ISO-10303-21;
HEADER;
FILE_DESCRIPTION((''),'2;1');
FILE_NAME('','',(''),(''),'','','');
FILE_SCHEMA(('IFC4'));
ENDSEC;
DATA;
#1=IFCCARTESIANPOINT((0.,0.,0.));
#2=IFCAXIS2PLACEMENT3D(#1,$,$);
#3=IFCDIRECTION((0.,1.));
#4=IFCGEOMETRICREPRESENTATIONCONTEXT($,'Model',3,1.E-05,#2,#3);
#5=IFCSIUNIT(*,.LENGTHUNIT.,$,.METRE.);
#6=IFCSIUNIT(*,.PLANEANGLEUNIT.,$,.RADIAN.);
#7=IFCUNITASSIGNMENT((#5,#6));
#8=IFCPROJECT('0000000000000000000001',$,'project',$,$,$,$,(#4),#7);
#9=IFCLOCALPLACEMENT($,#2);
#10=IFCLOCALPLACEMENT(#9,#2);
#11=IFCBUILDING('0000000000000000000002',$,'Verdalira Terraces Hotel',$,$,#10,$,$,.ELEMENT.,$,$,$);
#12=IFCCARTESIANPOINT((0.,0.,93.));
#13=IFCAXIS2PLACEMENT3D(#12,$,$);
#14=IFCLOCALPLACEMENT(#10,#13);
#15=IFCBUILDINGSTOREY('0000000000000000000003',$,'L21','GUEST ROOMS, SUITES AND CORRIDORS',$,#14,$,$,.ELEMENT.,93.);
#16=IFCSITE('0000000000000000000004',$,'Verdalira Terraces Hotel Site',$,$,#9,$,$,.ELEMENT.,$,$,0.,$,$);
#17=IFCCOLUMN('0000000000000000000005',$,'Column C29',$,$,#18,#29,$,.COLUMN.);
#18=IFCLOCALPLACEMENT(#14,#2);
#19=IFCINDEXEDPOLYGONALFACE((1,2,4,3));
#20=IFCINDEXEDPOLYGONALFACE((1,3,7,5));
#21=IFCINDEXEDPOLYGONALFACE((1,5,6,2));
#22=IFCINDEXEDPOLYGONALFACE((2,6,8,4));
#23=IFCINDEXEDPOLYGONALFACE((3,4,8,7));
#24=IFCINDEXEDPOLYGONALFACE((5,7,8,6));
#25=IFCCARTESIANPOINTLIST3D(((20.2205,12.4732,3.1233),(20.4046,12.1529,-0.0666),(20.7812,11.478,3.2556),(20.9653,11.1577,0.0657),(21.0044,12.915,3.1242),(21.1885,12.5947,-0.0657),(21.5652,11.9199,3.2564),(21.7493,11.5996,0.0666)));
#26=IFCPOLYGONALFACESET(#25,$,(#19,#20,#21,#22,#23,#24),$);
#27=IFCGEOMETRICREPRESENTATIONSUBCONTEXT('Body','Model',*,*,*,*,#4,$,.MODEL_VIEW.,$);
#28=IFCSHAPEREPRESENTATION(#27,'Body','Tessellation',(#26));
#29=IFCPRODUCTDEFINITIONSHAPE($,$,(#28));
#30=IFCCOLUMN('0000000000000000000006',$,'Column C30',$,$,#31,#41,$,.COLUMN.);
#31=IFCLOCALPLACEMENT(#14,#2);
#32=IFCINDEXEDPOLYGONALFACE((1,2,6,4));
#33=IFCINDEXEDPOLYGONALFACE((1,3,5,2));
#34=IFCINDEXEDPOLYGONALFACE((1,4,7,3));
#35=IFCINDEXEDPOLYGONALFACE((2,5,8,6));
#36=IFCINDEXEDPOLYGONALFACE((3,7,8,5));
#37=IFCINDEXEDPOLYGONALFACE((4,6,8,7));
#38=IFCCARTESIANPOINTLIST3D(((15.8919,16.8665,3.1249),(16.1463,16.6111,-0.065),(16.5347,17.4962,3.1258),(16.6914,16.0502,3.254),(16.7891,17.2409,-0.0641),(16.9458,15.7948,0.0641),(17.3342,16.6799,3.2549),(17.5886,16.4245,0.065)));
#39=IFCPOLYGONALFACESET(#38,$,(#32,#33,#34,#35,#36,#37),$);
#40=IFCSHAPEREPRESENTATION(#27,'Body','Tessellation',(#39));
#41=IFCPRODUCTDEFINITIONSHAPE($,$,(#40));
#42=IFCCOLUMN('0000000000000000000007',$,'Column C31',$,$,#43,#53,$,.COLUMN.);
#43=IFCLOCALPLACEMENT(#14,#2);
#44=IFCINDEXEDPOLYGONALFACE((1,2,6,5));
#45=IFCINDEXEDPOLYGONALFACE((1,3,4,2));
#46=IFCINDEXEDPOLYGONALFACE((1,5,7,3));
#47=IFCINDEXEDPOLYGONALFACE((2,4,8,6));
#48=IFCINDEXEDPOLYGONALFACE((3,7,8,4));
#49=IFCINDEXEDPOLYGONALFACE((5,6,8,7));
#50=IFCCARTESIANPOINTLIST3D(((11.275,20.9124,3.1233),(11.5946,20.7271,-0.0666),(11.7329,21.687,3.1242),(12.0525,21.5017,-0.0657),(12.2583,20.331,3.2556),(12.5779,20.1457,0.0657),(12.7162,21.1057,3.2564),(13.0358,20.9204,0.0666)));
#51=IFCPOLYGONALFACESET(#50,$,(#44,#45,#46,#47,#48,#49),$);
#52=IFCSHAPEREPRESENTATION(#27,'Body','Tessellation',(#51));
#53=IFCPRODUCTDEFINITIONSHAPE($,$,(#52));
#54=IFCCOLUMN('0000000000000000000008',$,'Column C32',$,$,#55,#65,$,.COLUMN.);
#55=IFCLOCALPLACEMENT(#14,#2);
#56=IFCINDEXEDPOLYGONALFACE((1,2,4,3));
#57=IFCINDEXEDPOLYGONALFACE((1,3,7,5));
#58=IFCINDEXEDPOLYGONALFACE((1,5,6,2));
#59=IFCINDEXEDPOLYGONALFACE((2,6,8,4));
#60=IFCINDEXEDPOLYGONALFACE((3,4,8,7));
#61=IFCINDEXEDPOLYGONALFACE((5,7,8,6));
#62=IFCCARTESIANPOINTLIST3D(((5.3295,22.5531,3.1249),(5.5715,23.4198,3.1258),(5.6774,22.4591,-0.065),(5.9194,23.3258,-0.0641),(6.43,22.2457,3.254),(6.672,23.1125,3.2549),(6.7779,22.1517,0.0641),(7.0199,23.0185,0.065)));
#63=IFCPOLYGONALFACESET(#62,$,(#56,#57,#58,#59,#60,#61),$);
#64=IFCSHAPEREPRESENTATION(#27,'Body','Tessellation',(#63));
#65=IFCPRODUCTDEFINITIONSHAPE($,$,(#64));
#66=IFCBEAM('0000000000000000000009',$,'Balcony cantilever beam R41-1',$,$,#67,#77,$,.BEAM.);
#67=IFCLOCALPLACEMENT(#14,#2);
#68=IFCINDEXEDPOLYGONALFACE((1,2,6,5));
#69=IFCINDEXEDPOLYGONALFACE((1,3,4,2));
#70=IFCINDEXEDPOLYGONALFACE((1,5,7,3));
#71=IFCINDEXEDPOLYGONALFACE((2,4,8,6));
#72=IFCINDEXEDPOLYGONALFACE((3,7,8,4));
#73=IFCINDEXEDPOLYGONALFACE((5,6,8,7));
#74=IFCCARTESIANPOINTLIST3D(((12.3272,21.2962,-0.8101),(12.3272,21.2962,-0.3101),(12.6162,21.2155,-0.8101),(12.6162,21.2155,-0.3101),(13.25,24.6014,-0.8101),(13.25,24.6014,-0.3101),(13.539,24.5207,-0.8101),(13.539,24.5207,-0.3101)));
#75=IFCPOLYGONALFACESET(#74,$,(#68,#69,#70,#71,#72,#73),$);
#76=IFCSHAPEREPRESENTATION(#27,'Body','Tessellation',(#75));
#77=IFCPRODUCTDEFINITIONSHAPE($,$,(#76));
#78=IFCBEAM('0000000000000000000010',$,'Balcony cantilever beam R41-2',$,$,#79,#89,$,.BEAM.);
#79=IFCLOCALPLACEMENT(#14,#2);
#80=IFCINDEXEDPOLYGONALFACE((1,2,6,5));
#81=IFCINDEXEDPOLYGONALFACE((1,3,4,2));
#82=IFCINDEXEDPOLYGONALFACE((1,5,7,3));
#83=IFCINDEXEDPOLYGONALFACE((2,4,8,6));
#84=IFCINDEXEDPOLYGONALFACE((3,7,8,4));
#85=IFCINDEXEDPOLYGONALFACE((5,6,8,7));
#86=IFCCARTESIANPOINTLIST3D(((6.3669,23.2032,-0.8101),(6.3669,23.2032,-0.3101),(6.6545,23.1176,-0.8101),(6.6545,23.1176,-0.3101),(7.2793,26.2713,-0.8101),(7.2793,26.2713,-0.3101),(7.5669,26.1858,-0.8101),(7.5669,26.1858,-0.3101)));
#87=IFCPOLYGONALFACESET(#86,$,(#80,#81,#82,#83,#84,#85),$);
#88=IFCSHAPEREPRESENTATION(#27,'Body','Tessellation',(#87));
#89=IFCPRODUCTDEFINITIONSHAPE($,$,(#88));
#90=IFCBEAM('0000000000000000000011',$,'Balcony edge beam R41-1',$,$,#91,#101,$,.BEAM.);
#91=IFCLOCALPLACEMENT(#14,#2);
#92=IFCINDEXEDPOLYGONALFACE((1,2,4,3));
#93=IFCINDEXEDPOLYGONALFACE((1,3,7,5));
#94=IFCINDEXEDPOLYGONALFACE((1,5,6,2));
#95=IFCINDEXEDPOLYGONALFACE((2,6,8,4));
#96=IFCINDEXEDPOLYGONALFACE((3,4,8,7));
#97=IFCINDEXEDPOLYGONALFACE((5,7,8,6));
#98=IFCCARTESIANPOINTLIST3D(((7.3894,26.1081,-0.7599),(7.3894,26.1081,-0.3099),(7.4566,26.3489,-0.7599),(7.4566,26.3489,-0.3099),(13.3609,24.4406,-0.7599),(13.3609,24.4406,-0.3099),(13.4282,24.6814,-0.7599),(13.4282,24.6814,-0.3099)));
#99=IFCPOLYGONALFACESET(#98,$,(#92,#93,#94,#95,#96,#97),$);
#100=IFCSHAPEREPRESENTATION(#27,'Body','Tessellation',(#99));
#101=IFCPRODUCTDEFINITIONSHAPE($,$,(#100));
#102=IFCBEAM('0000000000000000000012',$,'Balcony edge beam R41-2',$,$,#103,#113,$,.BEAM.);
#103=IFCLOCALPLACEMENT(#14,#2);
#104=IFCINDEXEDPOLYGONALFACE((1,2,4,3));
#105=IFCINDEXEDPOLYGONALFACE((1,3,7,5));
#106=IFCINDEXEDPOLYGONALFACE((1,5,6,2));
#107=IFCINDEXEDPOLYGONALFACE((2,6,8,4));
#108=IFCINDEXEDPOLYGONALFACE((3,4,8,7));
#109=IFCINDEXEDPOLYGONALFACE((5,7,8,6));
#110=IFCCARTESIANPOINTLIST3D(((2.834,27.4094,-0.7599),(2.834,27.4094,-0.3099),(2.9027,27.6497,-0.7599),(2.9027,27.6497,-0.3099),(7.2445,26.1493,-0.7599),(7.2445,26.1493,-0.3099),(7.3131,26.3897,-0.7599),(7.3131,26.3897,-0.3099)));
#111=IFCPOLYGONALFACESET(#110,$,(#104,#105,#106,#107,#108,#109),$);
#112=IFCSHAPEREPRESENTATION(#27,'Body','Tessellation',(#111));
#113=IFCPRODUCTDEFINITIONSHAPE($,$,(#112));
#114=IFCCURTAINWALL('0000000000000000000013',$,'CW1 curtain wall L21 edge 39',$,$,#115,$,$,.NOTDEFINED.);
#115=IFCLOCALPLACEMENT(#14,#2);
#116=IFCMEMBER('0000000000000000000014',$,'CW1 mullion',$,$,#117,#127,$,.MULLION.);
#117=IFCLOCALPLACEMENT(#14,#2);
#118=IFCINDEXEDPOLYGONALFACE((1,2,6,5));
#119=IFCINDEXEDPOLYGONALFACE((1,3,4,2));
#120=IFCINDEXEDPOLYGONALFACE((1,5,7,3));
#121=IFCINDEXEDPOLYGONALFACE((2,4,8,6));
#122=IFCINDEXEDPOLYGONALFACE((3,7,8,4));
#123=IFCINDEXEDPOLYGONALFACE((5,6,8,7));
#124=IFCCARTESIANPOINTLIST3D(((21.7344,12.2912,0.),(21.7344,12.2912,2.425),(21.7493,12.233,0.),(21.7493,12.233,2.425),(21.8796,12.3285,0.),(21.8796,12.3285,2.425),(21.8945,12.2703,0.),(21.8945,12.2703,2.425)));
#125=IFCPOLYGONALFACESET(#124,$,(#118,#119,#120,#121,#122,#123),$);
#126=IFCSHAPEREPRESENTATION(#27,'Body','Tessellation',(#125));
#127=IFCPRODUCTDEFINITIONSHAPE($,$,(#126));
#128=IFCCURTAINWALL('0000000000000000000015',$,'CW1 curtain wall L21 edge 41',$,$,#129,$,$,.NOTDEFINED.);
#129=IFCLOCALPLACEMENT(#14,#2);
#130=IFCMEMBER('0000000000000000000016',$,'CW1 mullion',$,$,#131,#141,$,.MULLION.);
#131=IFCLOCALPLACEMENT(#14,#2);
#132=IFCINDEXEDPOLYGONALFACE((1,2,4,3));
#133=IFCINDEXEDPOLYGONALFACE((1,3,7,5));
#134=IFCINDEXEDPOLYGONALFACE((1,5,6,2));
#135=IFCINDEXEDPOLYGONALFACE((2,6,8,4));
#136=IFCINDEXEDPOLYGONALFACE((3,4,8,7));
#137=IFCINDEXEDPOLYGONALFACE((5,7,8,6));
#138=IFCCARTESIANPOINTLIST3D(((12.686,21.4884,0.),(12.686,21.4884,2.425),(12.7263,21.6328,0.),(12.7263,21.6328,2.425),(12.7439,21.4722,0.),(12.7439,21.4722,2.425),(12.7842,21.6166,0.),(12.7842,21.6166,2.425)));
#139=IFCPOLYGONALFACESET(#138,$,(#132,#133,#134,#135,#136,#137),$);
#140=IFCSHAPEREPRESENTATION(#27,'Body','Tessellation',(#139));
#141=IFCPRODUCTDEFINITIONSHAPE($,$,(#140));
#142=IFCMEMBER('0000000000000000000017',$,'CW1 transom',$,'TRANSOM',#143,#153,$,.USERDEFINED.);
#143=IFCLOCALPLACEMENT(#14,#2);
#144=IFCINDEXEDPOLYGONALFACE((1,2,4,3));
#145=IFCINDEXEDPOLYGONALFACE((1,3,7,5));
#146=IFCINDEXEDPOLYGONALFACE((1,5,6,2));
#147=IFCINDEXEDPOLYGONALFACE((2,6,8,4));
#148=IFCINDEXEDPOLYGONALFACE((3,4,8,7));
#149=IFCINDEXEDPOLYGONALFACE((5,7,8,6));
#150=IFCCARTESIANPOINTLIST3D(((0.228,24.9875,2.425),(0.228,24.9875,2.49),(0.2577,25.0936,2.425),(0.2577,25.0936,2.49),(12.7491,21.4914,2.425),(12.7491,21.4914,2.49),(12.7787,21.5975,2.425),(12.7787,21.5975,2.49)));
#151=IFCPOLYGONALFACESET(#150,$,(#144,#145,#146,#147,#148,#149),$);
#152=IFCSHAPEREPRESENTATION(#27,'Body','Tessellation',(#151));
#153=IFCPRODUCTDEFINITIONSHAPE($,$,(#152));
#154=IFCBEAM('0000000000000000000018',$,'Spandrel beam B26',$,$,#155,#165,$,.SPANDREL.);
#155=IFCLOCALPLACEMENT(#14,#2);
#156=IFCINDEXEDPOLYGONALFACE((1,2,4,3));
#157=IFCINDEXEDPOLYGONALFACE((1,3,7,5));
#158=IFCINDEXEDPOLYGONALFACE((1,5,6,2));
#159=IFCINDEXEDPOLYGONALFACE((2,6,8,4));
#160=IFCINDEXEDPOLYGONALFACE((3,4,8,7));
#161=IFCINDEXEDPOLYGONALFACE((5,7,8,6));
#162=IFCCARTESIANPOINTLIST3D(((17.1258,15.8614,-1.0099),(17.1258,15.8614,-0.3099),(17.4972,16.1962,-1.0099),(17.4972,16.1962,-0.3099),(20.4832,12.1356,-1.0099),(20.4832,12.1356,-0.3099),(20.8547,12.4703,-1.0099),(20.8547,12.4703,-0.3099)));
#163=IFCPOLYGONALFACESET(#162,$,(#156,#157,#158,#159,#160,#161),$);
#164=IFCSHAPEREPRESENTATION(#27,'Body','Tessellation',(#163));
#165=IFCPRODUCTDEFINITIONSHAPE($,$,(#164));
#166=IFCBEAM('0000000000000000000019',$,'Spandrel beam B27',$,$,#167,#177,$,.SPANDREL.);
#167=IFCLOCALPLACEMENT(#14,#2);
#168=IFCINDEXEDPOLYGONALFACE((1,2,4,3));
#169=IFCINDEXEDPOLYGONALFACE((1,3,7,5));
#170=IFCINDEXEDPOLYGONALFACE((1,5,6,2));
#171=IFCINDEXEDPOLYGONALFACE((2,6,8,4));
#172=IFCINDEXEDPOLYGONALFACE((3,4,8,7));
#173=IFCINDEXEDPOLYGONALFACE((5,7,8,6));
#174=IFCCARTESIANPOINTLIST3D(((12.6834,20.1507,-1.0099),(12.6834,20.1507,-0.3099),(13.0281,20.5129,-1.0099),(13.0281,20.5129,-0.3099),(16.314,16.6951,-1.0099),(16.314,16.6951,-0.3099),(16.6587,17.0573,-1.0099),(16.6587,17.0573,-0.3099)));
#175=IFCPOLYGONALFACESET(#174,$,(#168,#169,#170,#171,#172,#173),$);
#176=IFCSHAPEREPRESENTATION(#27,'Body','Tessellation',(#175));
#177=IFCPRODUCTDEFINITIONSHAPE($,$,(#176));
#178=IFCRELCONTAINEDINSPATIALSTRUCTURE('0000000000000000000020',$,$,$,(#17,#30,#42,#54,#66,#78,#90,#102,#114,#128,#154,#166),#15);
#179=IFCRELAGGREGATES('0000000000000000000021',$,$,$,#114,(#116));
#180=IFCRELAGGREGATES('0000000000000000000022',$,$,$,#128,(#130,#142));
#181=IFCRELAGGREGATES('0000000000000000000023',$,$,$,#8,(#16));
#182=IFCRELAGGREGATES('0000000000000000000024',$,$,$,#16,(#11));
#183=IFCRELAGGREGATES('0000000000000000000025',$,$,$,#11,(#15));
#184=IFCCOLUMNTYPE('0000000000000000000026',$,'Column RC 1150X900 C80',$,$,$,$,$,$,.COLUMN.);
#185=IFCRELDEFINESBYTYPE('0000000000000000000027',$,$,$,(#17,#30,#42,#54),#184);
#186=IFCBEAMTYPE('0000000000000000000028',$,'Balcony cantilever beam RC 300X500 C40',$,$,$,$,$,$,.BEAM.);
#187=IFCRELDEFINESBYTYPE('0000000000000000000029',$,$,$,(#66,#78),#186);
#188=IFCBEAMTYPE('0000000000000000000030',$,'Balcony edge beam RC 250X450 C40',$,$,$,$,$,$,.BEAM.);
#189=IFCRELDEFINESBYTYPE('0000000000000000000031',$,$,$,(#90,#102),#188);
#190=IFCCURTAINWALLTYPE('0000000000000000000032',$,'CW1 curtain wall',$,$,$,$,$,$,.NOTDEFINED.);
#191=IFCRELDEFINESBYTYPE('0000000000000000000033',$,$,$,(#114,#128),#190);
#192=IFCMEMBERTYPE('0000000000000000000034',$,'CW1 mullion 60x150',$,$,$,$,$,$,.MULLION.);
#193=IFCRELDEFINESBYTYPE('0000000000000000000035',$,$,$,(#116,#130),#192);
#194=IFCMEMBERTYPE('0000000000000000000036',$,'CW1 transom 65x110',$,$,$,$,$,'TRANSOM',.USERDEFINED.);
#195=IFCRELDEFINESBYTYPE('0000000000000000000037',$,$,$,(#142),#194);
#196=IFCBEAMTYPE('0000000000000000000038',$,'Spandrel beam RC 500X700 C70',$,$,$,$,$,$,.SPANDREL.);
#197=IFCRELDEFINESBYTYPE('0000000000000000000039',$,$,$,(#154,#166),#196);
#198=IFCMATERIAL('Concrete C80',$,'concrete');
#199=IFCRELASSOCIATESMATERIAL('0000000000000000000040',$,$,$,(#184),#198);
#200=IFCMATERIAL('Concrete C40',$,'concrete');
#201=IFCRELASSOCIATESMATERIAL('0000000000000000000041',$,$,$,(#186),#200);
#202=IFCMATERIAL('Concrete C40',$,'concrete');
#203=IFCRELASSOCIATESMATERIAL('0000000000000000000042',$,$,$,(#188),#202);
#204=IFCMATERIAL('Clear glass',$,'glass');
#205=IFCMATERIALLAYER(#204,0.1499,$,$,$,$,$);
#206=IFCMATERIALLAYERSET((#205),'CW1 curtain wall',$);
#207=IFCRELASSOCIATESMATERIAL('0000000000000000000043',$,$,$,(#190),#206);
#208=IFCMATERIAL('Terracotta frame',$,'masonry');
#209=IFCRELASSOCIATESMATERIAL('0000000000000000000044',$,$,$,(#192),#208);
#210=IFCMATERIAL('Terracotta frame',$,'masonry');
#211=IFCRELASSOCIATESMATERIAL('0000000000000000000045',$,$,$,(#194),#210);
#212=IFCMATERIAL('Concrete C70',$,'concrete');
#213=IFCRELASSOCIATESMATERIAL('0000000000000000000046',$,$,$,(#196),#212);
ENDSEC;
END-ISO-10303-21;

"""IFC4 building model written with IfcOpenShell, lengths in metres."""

from ifc_helpers import new_model, si_unit, direction, frame, origin, origin_2d, place, context, subcontext, project, spatial, rectangle, extrude, material, layer, layer_set, material_profile, profile_set, type_object, element, aggregate, save


model = new_model("IFC4")

# Units and contexts
model_context = context("Model", 3, precision=1e-05, world=origin(), true_north=direction((0.0, 1.0)))
body_context = subcontext(model_context, "Body", "Model", "MODEL_VIEW")
ifc_project = project(units=[si_unit("LENGTHUNIT", "METRE"), si_unit("PLANEANGLEUNIT", "RADIAN")], contexts=[model_context])

# Site, building, storey
site_placement = place(None, origin())
site = spatial("IfcSite", under=ifc_project, at=site_placement, Name="Verdalira Terraces Hotel Site", CompositionType="ELEMENT", RefElevation=0.0)
building_placement = place(site_placement, origin())
building = spatial("IfcBuilding", under=site, at=building_placement, Name="Verdalira Terraces Hotel", CompositionType="ELEMENT")
storey_placement = place(building_placement, frame((0.0, 0.0, 93.0)))
storey = spatial("IfcBuildingStorey", under=building, at=storey_placement, Name="L21", Description="GUEST ROOMS, SUITES AND CORRIDORS", CompositionType="ELEMENT", Elevation=93.0)

# Columns
ifc_material_1 = material(Name="Concrete C80", Category="concrete")
ifc_material_profile_1 = material_profile(ifc_material_1, rectangle(XDim=1.1499, YDim=0.8999, at=origin_2d()), Name="RC 1150X900")
ifc_profile_set_1 = profile_set([ifc_material_profile_1], Name="Concrete C80")
column_type = type_object("IfcColumnType", Name="Column RC 1150X900 C80", PredefinedType="COLUMN", material=ifc_profile_set_1)
column_1_placement = place(storey_placement, frame((21.0769, 11.8762, 0.0), z_axis=(-0.057324, 0.099747, 0.99336), x_axis=(0.487635, -0.865435, 0.115041)))
element("IfcColumn", 1, at=column_1_placement, inside=storey, type_object=column_type, Name="Column C29", PredefinedType="COLUMN", context=body_context, shape_type="SweptSolid", body=[
    extrude(rectangle(XDim=1.1499, YDim=0.8999, at=origin_2d()), origin(), (0.0, 0.0, 1.0), 3.2112),
])
column_2_placement = place(storey_placement, frame((16.8674, 16.5178, 0.0), z_axis=(-0.079245, 0.079549, 0.993676), x_axis=(-0.695289, 0.709905, -0.11228)))
element("IfcColumn", 2, at=column_2_placement, inside=storey, type_object=column_type, Name="Column C30", PredefinedType="COLUMN", context=body_context, shape_type="SweptSolid", body=[
    extrude(rectangle(XDim=1.1499, YDim=0.8999, at=origin_2d()), origin(), (0.0, 0.0, 1.0), 3.2102),
])
column_3_placement = place(storey_placement, frame((12.3152, 20.8237, 0.0), z_axis=(-0.099519, 0.057704, 0.993361), x_axis=(0.85509, -0.505557, 0.115034)))
element("IfcColumn", 3, at=column_3_placement, inside=storey, type_object=column_type, Name="Column C31", PredefinedType="COLUMN", context=body_context, shape_type="SweptSolid", body=[
    extrude(rectangle(XDim=1.1499, YDim=0.8999, at=origin_2d()), origin(), (0.0, 0.0, 1.0), 3.2112),
])
column_4_placement = place(storey_placement, frame((6.3486, 22.7388, 0.0), z_axis=(-0.108372, 0.02928, 0.993679), x_axis=(-0.957051, 0.267306, -0.112254)))
element("IfcColumn", 4, at=column_4_placement, inside=storey, type_object=column_type, Name="Column C32", PredefinedType="COLUMN", context=body_context, shape_type="SweptSolid", body=[
    extrude(rectangle(XDim=1.1499, YDim=0.8999, at=origin_2d()), origin(), (0.0, 0.0, 1.0), 3.2102),
])

# Beams
ifc_material_2 = material(Name="Concrete C40", Category="concrete")
ifc_material_profile_2 = material_profile(ifc_material_2, rectangle(XDim=0.3, YDim=0.5, at=origin_2d()), Name="RC 300X500")
ifc_profile_set_2 = profile_set([ifc_material_profile_2], Name="Concrete C40")
beam_type_1 = type_object("IfcBeamType", Name="Balcony cantilever beam RC 300X500 C40", PredefinedType="BEAM", material=ifc_profile_set_2)
beam_1_placement = place(storey_placement, frame((12.4717, 21.2559, -0.5601), z_axis=(0.268928, 0.96316, 0.0), x_axis=(-0.96316, 0.268928, 0.0)))
element("IfcBeam", 5, at=beam_1_placement, inside=storey, type_object=beam_type_1, Name="Balcony cantilever beam R41-1", PredefinedType="BEAM", context=body_context, shape_type="SweptSolid", body=[
    extrude(rectangle(XDim=0.3, YDim=0.5, at=origin_2d()), origin(), (0.0, 0.0, 1.0), 3.4316),
])
beam_2_placement = place(storey_placement, frame((6.5107, 23.1604, -0.5601), z_axis=(0.285031, 0.958518, 0.0), x_axis=(-0.958518, 0.285031, 0.0)))
element("IfcBeam", 6, at=beam_2_placement, inside=storey, type_object=beam_type_1, Name="Balcony cantilever beam R41-2", PredefinedType="BEAM", context=body_context, shape_type="SweptSolid", body=[
    extrude(rectangle(XDim=0.3, YDim=0.5, at=origin_2d()), origin(), (0.0, 0.0, 1.0), 3.2009),
])
ifc_material_3 = material(Name="Concrete C40", Category="concrete")
ifc_material_profile_3 = material_profile(ifc_material_3, rectangle(XDim=0.25, YDim=0.45, at=origin_2d()), Name="RC 250X450")
ifc_profile_set_3 = profile_set([ifc_material_profile_3], Name="Concrete C40")
beam_type_2 = type_object("IfcBeamType", Name="Balcony edge beam RC 250X450 C40", PredefinedType="BEAM", material=ifc_profile_set_3)
beam_3_placement = place(storey_placement, frame((13.3945, 24.561, -0.5349), z_axis=(-0.963153, 0.268954, 0.0), x_axis=(-0.268954, -0.963153, 0.0)))
element("IfcBeam", 7, at=beam_3_placement, inside=storey, type_object=beam_type_2, Name="Balcony edge beam R41-1", PredefinedType="BEAM", context=body_context, shape_type="SweptSolid", body=[
    extrude(rectangle(XDim=0.25, YDim=0.45, at=origin_2d()), origin(), (0.0, 0.0, 1.0), 6.2),
])
beam_4_placement = place(storey_placement, frame((7.2788, 26.2695, -0.5349), z_axis=(-0.96153, 0.2747, 0.0), x_axis=(-0.2747, -0.96153, 0.0)))
element("IfcBeam", 8, at=beam_4_placement, inside=storey, type_object=beam_type_2, Name="Balcony edge beam R41-2", PredefinedType="BEAM", context=body_context, shape_type="SweptSolid", body=[
    extrude(rectangle(XDim=0.25, YDim=0.45, at=origin_2d()), origin(), (0.0, 0.0, 1.0), 4.5869),
])

# Curtain wall, member
ifc_material_4 = material(Name="Clear glass", Category="glass")
ifc_layer_1 = layer(ifc_material_4, 0.1499)
ifc_layer_set_1 = layer_set([ifc_layer_1], Name="CW1 curtain wall")
curtain_wall_type = type_object("IfcCurtainWallType", Name="CW1 curtain wall", PredefinedType="NOTDEFINED", material=ifc_layer_set_1)
curtain_wall_1_placement = place(storey_placement, origin())
curtain_wall_1 = element("IfcCurtainWall", 9, at=curtain_wall_1_placement, inside=storey, type_object=curtain_wall_type, Name="CW1 curtain wall L21 edge 39", PredefinedType="NOTDEFINED")
ifc_material_5 = material(Name="Terracotta frame", Category="masonry")
ifc_material_profile_4 = material_profile(ifc_material_5, rectangle(XDim=0.0601, YDim=0.1499, at=origin_2d()), Name="MU 60x150")
ifc_profile_set_4 = profile_set([ifc_material_profile_4], Name="Terracotta frame")
member_type_1 = type_object("IfcMemberType", Name="CW1 mullion 60x150", PredefinedType="MULLION", material=ifc_profile_set_4)
member_1_placement = place(storey_placement, frame((21.8145, 12.2808, 0.0), z_axis=(0.0, 0.0, 1.0), x_axis=(-0.24869, 0.968583, 0.0)))
member_1 = element("IfcMember", 10, at=member_1_placement, type_object=member_type_1, Name="CW1 mullion", PredefinedType="MULLION", context=body_context, shape_type="SweptSolid", body=[
    extrude(rectangle(XDim=0.0601, YDim=0.1499, at=origin_2d()), origin(), (0.0, 0.0, 1.0), 2.425),
])
aggregate(curtain_wall_1, [member_1])

# Curtain wall, members
curtain_wall_2_placement = place(storey_placement, origin())
curtain_wall_2 = element("IfcCurtainWall", 11, at=curtain_wall_2_placement, inside=storey, type_object=curtain_wall_type, Name="CW1 curtain wall L21 edge 41", PredefinedType="NOTDEFINED")
member_2_placement = place(storey_placement, frame((12.7351, 21.5525, 0.0), z_axis=(0.0, 0.0, 1.0), x_axis=(-0.963163, 0.26892, 0.0)))
member_2 = element("IfcMember", 12, at=member_2_placement, type_object=member_type_1, Name="CW1 mullion", PredefinedType="MULLION", context=body_context, shape_type="SweptSolid", body=[
    extrude(rectangle(XDim=0.0601, YDim=0.1499, at=origin_2d()), origin(), (0.0, 0.0, 1.0), 2.425),
])
ifc_material_6 = material(Name="Terracotta frame", Category="masonry")
ifc_material_profile_5 = material_profile(ifc_material_6, rectangle(XDim=0.1101, YDim=0.0649, at=origin_2d()), Name="TR 65x110")
ifc_profile_set_5 = profile_set([ifc_material_profile_5], Name="Terracotta frame")
member_type_2 = type_object("IfcMemberType", Name="CW1 transom 65x110", ElementType="TRANSOM", PredefinedType="USERDEFINED", material=ifc_profile_set_5)
member_3_placement = place(storey_placement, frame((12.7639, 21.5444, 2.4575), z_axis=(-0.963159, 0.268932, 0.0), x_axis=(-0.268932, -0.963159, 0.0)))
member_3 = element("IfcMember", 13, at=member_3_placement, type_object=member_type_2, Name="CW1 transom", ObjectType="TRANSOM", PredefinedType="USERDEFINED", context=body_context, shape_type="SweptSolid", body=[
    extrude(rectangle(XDim=0.1101, YDim=0.0649, at=origin_2d()), origin(), (0.0, 0.0, 1.0), 13.0),
])

# Beams
ifc_material_7 = material(Name="Concrete C70", Category="concrete")
ifc_material_profile_6 = material_profile(ifc_material_7, rectangle(XDim=0.5, YDim=0.7, at=origin_2d()), Name="RC 500X700")
ifc_profile_set_6 = profile_set([ifc_material_profile_6], Name="Concrete C70")
beam_type_3 = type_object("IfcBeamType", Name="Spandrel beam RC 500X700 C70", PredefinedType="SPANDREL", material=ifc_profile_set_6)
beam_5_placement = place(storey_placement, frame((20.6689, 12.303, -0.6599), z_axis=(-0.669424, 0.74288, 0.0), x_axis=(-0.74288, -0.669424, 0.0)))
element("IfcBeam", 14, at=beam_5_placement, inside=storey, type_object=beam_type_3, Name="Spandrel beam B26", PredefinedType="SPANDREL", context=body_context, shape_type="SweptSolid", body=[
    extrude(rectangle(XDim=0.5, YDim=0.7, at=origin_2d()), origin(), (0.0, 0.0, 1.0), 5.0154),
])
beam_6_placement = place(storey_placement, frame((16.4863, 16.8762, -0.6599), z_axis=(-0.724353, 0.689429, 0.0), x_axis=(-0.689429, -0.724353, 0.0)))
element("IfcBeam", 15, at=beam_6_placement, inside=storey, type_object=beam_type_3, Name="Spandrel beam B27", PredefinedType="SPANDREL", context=body_context, shape_type="SweptSolid", body=[
    extrude(rectangle(XDim=0.5, YDim=0.7, at=origin_2d()), origin(), (0.0, 0.0, 1.0), 5.0122),
])

aggregate(curtain_wall_2, [member_2, member_3])

save(model, "model.ifc")
